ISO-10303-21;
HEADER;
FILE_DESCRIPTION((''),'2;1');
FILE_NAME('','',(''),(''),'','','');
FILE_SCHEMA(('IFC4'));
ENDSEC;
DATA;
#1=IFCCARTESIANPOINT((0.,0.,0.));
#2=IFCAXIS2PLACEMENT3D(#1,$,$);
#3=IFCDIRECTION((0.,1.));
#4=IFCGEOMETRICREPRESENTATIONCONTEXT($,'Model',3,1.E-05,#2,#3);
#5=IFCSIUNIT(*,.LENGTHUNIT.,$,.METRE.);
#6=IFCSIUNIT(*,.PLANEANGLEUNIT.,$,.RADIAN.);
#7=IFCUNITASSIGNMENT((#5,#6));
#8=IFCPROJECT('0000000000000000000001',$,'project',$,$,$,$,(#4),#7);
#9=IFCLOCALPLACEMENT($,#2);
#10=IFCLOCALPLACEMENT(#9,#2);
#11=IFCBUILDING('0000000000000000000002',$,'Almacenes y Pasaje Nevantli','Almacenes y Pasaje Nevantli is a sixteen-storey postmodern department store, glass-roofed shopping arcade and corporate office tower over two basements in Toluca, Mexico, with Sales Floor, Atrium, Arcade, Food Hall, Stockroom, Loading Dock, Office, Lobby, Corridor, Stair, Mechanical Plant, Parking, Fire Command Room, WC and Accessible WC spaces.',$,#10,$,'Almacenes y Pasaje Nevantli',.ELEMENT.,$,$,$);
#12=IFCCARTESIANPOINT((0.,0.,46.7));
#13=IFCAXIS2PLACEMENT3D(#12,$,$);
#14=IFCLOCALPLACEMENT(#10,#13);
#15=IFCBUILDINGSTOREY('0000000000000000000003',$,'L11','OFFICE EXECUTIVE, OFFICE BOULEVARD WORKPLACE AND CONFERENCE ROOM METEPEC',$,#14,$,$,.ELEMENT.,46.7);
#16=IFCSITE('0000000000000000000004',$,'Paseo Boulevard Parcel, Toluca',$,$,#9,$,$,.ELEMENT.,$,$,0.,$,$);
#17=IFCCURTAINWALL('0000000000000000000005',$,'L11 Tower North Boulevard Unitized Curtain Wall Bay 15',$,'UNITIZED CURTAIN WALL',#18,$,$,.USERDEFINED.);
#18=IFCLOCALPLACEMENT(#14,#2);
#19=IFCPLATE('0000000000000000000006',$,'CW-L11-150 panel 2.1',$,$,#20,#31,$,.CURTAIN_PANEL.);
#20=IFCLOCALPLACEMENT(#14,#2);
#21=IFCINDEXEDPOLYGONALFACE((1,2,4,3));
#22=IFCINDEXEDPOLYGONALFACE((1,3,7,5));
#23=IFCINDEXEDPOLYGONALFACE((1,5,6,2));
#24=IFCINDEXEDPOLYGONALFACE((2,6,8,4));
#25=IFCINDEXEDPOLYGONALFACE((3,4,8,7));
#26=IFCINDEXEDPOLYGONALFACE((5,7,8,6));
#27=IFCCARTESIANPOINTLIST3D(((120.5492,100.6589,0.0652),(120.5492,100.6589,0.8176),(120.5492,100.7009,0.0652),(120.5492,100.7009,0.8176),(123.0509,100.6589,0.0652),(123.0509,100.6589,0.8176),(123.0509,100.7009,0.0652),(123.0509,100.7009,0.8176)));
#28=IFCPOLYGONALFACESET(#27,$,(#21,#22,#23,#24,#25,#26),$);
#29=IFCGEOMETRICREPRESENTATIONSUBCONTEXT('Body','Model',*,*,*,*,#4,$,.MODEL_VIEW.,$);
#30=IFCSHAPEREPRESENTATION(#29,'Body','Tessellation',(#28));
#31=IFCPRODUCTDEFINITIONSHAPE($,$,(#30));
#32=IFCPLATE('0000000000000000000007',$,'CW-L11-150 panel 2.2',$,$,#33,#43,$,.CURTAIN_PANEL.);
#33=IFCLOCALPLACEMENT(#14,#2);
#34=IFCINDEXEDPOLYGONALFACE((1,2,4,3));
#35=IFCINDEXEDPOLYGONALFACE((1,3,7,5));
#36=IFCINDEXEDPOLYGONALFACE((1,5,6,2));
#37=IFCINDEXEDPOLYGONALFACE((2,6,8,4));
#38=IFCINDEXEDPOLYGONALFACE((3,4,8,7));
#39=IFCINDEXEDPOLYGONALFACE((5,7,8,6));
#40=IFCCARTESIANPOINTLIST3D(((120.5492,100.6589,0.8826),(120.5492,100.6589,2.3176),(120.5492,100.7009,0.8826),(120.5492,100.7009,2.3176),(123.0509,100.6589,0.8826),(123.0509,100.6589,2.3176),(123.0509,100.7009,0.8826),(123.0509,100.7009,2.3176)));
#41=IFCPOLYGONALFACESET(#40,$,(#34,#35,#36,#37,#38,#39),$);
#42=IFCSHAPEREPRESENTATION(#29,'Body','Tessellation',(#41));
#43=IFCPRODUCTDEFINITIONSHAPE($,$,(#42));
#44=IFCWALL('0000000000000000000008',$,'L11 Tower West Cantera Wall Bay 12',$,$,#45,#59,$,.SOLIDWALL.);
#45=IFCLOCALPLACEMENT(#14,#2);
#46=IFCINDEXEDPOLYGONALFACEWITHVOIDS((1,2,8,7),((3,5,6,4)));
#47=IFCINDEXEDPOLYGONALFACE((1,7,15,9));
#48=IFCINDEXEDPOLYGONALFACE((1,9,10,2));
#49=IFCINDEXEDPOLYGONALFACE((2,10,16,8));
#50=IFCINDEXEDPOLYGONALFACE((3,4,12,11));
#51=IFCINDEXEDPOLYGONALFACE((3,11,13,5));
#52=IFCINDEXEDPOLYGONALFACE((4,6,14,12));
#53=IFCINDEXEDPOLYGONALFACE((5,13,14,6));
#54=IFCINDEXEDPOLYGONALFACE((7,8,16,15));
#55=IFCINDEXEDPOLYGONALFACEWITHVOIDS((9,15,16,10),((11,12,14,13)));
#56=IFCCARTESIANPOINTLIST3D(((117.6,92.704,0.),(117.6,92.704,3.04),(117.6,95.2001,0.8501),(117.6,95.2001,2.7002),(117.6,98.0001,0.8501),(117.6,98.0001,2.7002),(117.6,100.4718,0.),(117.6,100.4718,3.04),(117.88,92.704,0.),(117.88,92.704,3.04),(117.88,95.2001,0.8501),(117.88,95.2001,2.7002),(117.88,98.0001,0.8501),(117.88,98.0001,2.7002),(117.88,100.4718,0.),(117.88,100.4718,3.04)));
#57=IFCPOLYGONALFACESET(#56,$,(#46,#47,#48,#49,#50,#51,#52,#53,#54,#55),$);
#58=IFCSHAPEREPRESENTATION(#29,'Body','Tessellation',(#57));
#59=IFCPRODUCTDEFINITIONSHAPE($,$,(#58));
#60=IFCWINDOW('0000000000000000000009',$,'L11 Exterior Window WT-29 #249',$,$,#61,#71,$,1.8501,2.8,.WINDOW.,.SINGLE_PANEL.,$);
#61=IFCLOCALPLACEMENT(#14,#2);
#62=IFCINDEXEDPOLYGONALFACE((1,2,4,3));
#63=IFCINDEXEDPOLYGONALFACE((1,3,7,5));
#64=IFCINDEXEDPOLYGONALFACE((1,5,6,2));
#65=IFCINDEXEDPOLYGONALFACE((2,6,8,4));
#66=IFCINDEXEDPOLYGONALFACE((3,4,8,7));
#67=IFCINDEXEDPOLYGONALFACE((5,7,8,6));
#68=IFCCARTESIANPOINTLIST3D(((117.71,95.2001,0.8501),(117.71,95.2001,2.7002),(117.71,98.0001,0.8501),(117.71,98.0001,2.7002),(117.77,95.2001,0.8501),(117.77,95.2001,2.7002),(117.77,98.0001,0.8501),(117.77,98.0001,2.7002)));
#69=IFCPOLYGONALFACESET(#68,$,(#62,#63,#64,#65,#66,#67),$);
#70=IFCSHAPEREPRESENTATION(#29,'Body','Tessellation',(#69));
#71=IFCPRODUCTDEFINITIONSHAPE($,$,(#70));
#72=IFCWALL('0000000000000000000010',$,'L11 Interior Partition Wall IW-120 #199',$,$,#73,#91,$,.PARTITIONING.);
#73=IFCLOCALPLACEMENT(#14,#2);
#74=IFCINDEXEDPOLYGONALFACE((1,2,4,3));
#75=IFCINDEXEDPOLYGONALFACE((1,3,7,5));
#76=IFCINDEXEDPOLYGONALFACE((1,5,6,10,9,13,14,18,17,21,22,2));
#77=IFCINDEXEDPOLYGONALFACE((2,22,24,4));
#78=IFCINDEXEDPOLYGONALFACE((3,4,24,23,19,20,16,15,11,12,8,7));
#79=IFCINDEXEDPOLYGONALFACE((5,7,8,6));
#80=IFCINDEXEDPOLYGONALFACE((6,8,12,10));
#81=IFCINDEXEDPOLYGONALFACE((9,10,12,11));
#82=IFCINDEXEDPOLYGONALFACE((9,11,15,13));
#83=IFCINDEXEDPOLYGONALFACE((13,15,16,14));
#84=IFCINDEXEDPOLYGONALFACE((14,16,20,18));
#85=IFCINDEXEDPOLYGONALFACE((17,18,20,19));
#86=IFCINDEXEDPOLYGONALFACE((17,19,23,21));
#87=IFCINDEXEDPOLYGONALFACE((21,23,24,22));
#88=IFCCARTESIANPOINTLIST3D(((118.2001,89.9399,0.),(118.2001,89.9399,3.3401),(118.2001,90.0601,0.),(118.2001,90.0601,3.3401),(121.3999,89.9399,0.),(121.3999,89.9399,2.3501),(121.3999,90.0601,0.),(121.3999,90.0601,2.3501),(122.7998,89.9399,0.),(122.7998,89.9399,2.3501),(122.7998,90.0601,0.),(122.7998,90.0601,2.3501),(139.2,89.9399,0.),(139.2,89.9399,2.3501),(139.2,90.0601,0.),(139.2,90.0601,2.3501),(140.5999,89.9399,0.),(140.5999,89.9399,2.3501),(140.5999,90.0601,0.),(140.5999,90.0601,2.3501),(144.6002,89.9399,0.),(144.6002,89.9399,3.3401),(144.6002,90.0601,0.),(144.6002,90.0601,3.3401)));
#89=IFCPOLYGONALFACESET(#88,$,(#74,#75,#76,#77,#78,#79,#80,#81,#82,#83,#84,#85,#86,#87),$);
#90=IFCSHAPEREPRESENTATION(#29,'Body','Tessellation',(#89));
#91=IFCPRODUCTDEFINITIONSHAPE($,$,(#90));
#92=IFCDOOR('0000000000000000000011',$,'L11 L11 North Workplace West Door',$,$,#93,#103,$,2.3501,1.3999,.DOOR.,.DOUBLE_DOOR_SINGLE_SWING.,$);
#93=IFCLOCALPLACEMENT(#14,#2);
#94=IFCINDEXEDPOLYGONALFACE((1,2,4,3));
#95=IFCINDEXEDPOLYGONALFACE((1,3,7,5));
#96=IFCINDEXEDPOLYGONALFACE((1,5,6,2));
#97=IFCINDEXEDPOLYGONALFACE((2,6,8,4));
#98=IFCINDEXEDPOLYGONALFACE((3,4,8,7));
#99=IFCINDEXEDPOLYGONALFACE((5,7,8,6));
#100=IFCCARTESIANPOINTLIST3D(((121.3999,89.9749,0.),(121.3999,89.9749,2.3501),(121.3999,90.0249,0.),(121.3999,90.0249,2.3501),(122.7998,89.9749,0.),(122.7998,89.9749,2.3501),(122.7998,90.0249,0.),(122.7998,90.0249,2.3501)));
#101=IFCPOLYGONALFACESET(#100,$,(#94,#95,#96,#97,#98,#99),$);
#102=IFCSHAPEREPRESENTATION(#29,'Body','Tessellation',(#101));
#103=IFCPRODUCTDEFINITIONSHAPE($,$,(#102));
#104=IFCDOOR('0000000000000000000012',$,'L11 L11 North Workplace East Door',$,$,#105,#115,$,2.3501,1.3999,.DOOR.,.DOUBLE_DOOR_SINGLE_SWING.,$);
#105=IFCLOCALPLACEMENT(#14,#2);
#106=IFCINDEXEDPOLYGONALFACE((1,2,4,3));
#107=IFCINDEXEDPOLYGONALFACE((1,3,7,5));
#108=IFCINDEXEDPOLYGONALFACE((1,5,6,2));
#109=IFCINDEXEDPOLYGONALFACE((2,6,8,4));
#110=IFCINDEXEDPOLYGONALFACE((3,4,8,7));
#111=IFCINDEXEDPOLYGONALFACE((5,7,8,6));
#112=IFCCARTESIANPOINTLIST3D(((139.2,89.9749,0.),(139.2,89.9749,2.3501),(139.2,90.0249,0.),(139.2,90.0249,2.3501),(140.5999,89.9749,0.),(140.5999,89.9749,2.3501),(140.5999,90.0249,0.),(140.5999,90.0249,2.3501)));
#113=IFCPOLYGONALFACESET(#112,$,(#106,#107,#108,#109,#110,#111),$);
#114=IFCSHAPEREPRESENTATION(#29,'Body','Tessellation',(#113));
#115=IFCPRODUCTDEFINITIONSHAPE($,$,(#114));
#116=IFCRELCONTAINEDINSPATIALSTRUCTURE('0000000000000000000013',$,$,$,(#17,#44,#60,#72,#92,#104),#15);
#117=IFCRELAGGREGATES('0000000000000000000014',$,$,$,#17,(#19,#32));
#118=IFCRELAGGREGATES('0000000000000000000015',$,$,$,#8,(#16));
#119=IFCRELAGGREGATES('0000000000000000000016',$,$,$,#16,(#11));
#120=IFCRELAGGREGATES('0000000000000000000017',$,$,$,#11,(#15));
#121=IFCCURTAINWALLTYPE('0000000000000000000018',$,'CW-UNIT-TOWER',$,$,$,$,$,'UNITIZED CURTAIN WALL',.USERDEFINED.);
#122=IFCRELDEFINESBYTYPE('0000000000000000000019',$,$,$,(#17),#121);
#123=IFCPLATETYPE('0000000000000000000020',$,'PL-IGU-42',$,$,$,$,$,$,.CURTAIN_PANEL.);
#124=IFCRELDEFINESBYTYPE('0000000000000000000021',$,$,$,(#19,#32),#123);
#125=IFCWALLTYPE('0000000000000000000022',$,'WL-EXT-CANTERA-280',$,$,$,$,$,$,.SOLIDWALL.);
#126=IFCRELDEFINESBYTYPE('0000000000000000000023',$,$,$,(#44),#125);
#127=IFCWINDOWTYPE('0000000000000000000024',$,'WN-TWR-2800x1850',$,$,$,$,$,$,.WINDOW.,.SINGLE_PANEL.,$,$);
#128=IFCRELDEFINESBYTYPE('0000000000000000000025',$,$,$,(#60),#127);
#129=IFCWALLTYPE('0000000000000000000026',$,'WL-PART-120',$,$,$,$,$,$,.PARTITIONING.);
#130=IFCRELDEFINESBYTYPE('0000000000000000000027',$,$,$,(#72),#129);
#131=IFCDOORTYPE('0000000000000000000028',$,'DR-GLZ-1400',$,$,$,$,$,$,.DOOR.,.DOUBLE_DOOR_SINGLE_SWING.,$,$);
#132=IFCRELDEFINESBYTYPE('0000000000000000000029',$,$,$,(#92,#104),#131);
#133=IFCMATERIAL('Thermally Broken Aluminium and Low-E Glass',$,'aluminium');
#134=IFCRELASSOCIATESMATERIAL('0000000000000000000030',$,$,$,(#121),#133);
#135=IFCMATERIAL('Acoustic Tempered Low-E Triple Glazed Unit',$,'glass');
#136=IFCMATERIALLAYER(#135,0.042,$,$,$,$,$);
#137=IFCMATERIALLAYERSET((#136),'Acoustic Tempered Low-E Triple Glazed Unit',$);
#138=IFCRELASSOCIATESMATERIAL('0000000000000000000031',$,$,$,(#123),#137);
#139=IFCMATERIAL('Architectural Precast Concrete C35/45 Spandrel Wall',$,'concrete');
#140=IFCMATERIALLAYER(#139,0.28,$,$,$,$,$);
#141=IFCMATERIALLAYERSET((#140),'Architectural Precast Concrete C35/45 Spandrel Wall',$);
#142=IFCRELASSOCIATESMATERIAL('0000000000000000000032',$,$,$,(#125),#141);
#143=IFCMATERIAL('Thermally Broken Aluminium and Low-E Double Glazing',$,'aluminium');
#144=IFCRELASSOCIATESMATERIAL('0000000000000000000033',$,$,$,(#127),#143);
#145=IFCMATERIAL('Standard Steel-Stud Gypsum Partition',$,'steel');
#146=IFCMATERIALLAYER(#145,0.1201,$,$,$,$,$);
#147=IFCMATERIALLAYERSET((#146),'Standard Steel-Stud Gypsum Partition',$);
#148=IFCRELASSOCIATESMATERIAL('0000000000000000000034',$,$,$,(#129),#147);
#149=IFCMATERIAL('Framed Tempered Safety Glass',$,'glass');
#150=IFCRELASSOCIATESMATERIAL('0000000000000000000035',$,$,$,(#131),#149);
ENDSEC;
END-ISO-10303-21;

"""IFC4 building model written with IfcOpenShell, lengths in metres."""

from ifc_helpers import new_model, si_unit, direction, frame, frame_2d, origin, origin_2d, place, context, subcontext, project, spatial, rectangle, extrude, material, layer, layer_set, type_object, element, fill, aggregate, save


model = new_model("IFC4")

# Units and contexts
model_context = context("Model", 3, precision=1e-05, world=origin(), true_north=direction((0.0, 1.0)))
body_context = subcontext(model_context, "Body", "Model", "MODEL_VIEW")
ifc_project = project(units=[si_unit("LENGTHUNIT", "METRE"), si_unit("PLANEANGLEUNIT", "RADIAN")], contexts=[model_context])

# Site, building, storey
site_placement = place(None, origin())
site = spatial("IfcSite", under=ifc_project, at=site_placement, Name="Paseo Boulevard Parcel, Toluca", CompositionType="ELEMENT", RefElevation=0.0)
building_placement = place(site_placement, origin())
building = spatial("IfcBuilding", under=site, at=building_placement, Name="Almacenes y Pasaje Nevantli", Description="Almacenes y Pasaje Nevantli is a sixteen-storey postmodern department store, glass-roofed shopping arcade and corporate office tower over two basements in Toluca, Mexico, with Sales Floor, Atrium, Arcade, Food Hall, Stockroom, Loading Dock, Office, Lobby, Corridor, Stair, Mechanical Plant, Parking, Fire Command Room, WC and Accessible WC spaces.", LongName="Almacenes y Pasaje Nevantli", CompositionType="ELEMENT")
storey_placement = place(building_placement, frame((0.0, 0.0, 46.7)))
storey = spatial("IfcBuildingStorey", under=building, at=storey_placement, Name="L11", Description="OFFICE EXECUTIVE, OFFICE BOULEVARD WORKPLACE AND CONFERENCE ROOM METEPEC", CompositionType="ELEMENT", Elevation=46.7)

# Curtain wall
ifc_material_1 = material(Name="Thermally Broken Aluminium and Low-E Glass", Category="aluminium")
curtain_wall_type = type_object("IfcCurtainWallType", Name="CW-UNIT-TOWER", ElementType="UNITIZED CURTAIN WALL", PredefinedType="USERDEFINED", material=ifc_material_1)
curtain_wall_1_placement = place(storey_placement, origin())
curtain_wall_1 = element("IfcCurtainWall", 1, at=curtain_wall_1_placement, inside=storey, type_object=curtain_wall_type, Name="L11 Tower North Boulevard Unitized Curtain Wall Bay 15", ObjectType="UNITIZED CURTAIN WALL", PredefinedType="USERDEFINED")

# Plates
ifc_material_2 = material(Name="Acoustic Tempered Low-E Triple Glazed Unit", Category="glass")
ifc_layer_1 = layer(ifc_material_2, 0.042)
ifc_layer_set_1 = layer_set([ifc_layer_1], Name="Acoustic Tempered Low-E Triple Glazed Unit")
plate_type_1 = type_object("IfcPlateType", Name="PL-IGU-42", PredefinedType="CURTAIN_PANEL", material=ifc_layer_set_1)
plate_1_placement = place(storey_placement, frame((121.8, 100.6799, 0.0652), z_axis=(0.0, 0.0, 1.0), x_axis=(1.0, 0.0, 0.0)))
plate_1 = element("IfcPlate", 2, at=plate_1_placement, type_object=plate_type_1, Name="CW-L11-150 panel 2.1", PredefinedType="CURTAIN_PANEL", context=body_context, shape_type="SweptSolid", body=[
    extrude(rectangle(XDim=2.5017, YDim=0.042, at=origin_2d()), origin(), (0.0, 0.0, 1.0), 0.7524),
])
plate_2_placement = place(storey_placement, frame((121.8, 100.6799, 0.8826), z_axis=(0.0, 0.0, 1.0), x_axis=(1.0, 0.0, 0.0)))
plate_2 = element("IfcPlate", 3, at=plate_2_placement, type_object=plate_type_1, Name="CW-L11-150 panel 2.2", PredefinedType="CURTAIN_PANEL", context=body_context, shape_type="SweptSolid", body=[
    extrude(rectangle(XDim=2.5017, YDim=0.042, at=origin_2d()), origin(), (0.0, 0.0, 1.0), 1.4351),
])
aggregate(curtain_wall_1, [plate_1, plate_2])

# Wall, opening, window
ifc_material_3 = material(Name="Architectural Precast Concrete C35/45 Spandrel Wall", Category="concrete")
ifc_layer_2 = layer(ifc_material_3, 0.28)
ifc_layer_set_2 = layer_set([ifc_layer_2], Name="Architectural Precast Concrete C35/45 Spandrel Wall")
wall_type_1 = type_object("IfcWallType", Name="WL-EXT-CANTERA-280", PredefinedType="SOLIDWALL", material=ifc_layer_set_2)
wall_1_placement = place(storey_placement, frame((117.74, 92.7041, 0.0), z_axis=(0.0, 0.0, 1.0), x_axis=(0.0, 1.0, 0.0)))
wall_1 = element("IfcWall", 4, at=wall_1_placement, inside=storey, type_object=wall_type_1, Name="L11 Tower West Cantera Wall Bay 12", PredefinedType="SOLIDWALL", context=body_context, shape_type="SweptSolid", body=[
    extrude(rectangle(XDim=7.7678, YDim=0.28, at=frame_2d((3.8838, 0.0))), origin(), (0.0, 0.0, 1.0), 3.04),
])
opening_1_placement = place(wall_1_placement, frame((2.4961, 0.0, 0.8501)))
opening_1 = element("IfcOpeningElement", 5, at=opening_1_placement, cuts=wall_1, PredefinedType="OPENING", context=body_context, shape_type="SweptSolid", body=[
    extrude(rectangle(XDim=2.8, YDim=1.8501, at=frame_2d((1.3999, 0.925))), frame((0.0, 0.1499, 0.0), z_axis=(0.0, -1.0, 0.0), x_axis=(1.0, 0.0, 0.0)), (0.0, 0.0, 1.0), 0.3),
])
ifc_material_4 = material(Name="Thermally Broken Aluminium and Low-E Double Glazing", Category="aluminium")
window_type = type_object("IfcWindowType", Name="WN-TWR-2800x1850", PartitioningType="SINGLE_PANEL", PredefinedType="WINDOW", material=ifc_material_4)
window_placement = place(opening_1_placement, origin())
window = element("IfcWindow", 6, at=window_placement, inside=storey, type_object=window_type, Name="L11 Exterior Window WT-29 #249", OverallHeight=1.8501, OverallWidth=2.8, PartitioningType="SINGLE_PANEL", PredefinedType="WINDOW", context=body_context, shape_type="SweptSolid", body=[
    extrude(rectangle(XDim=2.8, YDim=1.8501, at=frame_2d((1.3999, 0.925))), frame((0.0, 0.03, 0.0), z_axis=(0.0, -1.0, 0.0), x_axis=(1.0, 0.0, 0.0)), (0.0, 0.0, 1.0), 0.0601),
])
fill(opening_1, window)

# Wall, openings, doors
ifc_material_5 = material(Name="Standard Steel-Stud Gypsum Partition", Category="steel")
ifc_layer_3 = layer(ifc_material_5, 0.1201)
ifc_layer_set_3 = layer_set([ifc_layer_3], Name="Standard Steel-Stud Gypsum Partition")
wall_type_2 = type_object("IfcWallType", Name="WL-PART-120", PredefinedType="PARTITIONING", material=ifc_layer_set_3)
wall_2_placement = place(storey_placement, frame((118.2, 90.0, 0.0), z_axis=(0.0, 0.0, 1.0), x_axis=(1.0, 0.0, 0.0)))
wall_2 = element("IfcWall", 7, at=wall_2_placement, inside=storey, type_object=wall_type_2, Name="L11 Interior Partition Wall IW-120 #199", PredefinedType="PARTITIONING", context=body_context, shape_type="SweptSolid", body=[
    extrude(rectangle(XDim=26.4001, YDim=0.1201, at=frame_2d((13.2002, 0.0))), origin(), (0.0, 0.0, 1.0), 3.3401),
])
opening_2_placement = place(wall_2_placement, frame((3.2, 0.0, 0.0)))
opening_2 = element("IfcOpeningElement", 8, at=opening_2_placement, cuts=wall_2, PredefinedType="OPENING", context=body_context, shape_type="SweptSolid", body=[
    extrude(rectangle(XDim=1.3999, YDim=2.3501, at=frame_2d((0.7, 1.175))), frame((0.0, 0.0701, 0.0), z_axis=(0.0, -1.0, 0.0), x_axis=(1.0, 0.0, 0.0)), (0.0, 0.0, 1.0), 0.1401),
])
opening_3_placement = place(wall_2_placement, frame((21.0, 0.0, 0.0)))
opening_3 = element("IfcOpeningElement", 9, at=opening_3_placement, cuts=wall_2, PredefinedType="OPENING", context=body_context, shape_type="SweptSolid", body=[
    extrude(rectangle(XDim=1.3999, YDim=2.3501, at=frame_2d((0.7, 1.175))), frame((0.0, 0.0701, 0.0), z_axis=(0.0, -1.0, 0.0), x_axis=(1.0, 0.0, 0.0)), (0.0, 0.0, 1.0), 0.1401),
])
ifc_material_6 = material(Name="Framed Tempered Safety Glass", Category="glass")
door_type = type_object("IfcDoorType", Name="DR-GLZ-1400", OperationType="DOUBLE_DOOR_SINGLE_SWING", PredefinedType="DOOR", material=ifc_material_6)
door_1_placement = place(opening_2_placement, origin())
door_1 = element("IfcDoor", 10, at=door_1_placement, inside=storey, type_object=door_type, Name="L11 L11 North Workplace West Door", OperationType="DOUBLE_DOOR_SINGLE_SWING", OverallHeight=2.3501, OverallWidth=1.3999, PredefinedType="DOOR", context=body_context, shape_type="SweptSolid", body=[
    extrude(rectangle(XDim=1.3999, YDim=2.3501, at=frame_2d((0.7, 1.175))), frame((0.0, 0.0249, 0.0), z_axis=(0.0, -1.0, 0.0), x_axis=(1.0, 0.0, 0.0)), (0.0, 0.0, 1.0), 0.05),
])
fill(opening_2, door_1)
door_2_placement = place(opening_3_placement, origin())
door_2 = element("IfcDoor", 11, at=door_2_placement, inside=storey, type_object=door_type, Name="L11 L11 North Workplace East Door", OperationType="DOUBLE_DOOR_SINGLE_SWING", OverallHeight=2.3501, OverallWidth=1.3999, PredefinedType="DOOR", context=body_context, shape_type="SweptSolid", body=[
    extrude(rectangle(XDim=1.3999, YDim=2.3501, at=frame_2d((0.7, 1.175))), frame((0.0, 0.0249, 0.0), z_axis=(0.0, -1.0, 0.0), x_axis=(1.0, 0.0, 0.0)), (0.0, 0.0, 1.0), 0.05),
])
fill(opening_3, door_2)

save(model, "model.ifc")
